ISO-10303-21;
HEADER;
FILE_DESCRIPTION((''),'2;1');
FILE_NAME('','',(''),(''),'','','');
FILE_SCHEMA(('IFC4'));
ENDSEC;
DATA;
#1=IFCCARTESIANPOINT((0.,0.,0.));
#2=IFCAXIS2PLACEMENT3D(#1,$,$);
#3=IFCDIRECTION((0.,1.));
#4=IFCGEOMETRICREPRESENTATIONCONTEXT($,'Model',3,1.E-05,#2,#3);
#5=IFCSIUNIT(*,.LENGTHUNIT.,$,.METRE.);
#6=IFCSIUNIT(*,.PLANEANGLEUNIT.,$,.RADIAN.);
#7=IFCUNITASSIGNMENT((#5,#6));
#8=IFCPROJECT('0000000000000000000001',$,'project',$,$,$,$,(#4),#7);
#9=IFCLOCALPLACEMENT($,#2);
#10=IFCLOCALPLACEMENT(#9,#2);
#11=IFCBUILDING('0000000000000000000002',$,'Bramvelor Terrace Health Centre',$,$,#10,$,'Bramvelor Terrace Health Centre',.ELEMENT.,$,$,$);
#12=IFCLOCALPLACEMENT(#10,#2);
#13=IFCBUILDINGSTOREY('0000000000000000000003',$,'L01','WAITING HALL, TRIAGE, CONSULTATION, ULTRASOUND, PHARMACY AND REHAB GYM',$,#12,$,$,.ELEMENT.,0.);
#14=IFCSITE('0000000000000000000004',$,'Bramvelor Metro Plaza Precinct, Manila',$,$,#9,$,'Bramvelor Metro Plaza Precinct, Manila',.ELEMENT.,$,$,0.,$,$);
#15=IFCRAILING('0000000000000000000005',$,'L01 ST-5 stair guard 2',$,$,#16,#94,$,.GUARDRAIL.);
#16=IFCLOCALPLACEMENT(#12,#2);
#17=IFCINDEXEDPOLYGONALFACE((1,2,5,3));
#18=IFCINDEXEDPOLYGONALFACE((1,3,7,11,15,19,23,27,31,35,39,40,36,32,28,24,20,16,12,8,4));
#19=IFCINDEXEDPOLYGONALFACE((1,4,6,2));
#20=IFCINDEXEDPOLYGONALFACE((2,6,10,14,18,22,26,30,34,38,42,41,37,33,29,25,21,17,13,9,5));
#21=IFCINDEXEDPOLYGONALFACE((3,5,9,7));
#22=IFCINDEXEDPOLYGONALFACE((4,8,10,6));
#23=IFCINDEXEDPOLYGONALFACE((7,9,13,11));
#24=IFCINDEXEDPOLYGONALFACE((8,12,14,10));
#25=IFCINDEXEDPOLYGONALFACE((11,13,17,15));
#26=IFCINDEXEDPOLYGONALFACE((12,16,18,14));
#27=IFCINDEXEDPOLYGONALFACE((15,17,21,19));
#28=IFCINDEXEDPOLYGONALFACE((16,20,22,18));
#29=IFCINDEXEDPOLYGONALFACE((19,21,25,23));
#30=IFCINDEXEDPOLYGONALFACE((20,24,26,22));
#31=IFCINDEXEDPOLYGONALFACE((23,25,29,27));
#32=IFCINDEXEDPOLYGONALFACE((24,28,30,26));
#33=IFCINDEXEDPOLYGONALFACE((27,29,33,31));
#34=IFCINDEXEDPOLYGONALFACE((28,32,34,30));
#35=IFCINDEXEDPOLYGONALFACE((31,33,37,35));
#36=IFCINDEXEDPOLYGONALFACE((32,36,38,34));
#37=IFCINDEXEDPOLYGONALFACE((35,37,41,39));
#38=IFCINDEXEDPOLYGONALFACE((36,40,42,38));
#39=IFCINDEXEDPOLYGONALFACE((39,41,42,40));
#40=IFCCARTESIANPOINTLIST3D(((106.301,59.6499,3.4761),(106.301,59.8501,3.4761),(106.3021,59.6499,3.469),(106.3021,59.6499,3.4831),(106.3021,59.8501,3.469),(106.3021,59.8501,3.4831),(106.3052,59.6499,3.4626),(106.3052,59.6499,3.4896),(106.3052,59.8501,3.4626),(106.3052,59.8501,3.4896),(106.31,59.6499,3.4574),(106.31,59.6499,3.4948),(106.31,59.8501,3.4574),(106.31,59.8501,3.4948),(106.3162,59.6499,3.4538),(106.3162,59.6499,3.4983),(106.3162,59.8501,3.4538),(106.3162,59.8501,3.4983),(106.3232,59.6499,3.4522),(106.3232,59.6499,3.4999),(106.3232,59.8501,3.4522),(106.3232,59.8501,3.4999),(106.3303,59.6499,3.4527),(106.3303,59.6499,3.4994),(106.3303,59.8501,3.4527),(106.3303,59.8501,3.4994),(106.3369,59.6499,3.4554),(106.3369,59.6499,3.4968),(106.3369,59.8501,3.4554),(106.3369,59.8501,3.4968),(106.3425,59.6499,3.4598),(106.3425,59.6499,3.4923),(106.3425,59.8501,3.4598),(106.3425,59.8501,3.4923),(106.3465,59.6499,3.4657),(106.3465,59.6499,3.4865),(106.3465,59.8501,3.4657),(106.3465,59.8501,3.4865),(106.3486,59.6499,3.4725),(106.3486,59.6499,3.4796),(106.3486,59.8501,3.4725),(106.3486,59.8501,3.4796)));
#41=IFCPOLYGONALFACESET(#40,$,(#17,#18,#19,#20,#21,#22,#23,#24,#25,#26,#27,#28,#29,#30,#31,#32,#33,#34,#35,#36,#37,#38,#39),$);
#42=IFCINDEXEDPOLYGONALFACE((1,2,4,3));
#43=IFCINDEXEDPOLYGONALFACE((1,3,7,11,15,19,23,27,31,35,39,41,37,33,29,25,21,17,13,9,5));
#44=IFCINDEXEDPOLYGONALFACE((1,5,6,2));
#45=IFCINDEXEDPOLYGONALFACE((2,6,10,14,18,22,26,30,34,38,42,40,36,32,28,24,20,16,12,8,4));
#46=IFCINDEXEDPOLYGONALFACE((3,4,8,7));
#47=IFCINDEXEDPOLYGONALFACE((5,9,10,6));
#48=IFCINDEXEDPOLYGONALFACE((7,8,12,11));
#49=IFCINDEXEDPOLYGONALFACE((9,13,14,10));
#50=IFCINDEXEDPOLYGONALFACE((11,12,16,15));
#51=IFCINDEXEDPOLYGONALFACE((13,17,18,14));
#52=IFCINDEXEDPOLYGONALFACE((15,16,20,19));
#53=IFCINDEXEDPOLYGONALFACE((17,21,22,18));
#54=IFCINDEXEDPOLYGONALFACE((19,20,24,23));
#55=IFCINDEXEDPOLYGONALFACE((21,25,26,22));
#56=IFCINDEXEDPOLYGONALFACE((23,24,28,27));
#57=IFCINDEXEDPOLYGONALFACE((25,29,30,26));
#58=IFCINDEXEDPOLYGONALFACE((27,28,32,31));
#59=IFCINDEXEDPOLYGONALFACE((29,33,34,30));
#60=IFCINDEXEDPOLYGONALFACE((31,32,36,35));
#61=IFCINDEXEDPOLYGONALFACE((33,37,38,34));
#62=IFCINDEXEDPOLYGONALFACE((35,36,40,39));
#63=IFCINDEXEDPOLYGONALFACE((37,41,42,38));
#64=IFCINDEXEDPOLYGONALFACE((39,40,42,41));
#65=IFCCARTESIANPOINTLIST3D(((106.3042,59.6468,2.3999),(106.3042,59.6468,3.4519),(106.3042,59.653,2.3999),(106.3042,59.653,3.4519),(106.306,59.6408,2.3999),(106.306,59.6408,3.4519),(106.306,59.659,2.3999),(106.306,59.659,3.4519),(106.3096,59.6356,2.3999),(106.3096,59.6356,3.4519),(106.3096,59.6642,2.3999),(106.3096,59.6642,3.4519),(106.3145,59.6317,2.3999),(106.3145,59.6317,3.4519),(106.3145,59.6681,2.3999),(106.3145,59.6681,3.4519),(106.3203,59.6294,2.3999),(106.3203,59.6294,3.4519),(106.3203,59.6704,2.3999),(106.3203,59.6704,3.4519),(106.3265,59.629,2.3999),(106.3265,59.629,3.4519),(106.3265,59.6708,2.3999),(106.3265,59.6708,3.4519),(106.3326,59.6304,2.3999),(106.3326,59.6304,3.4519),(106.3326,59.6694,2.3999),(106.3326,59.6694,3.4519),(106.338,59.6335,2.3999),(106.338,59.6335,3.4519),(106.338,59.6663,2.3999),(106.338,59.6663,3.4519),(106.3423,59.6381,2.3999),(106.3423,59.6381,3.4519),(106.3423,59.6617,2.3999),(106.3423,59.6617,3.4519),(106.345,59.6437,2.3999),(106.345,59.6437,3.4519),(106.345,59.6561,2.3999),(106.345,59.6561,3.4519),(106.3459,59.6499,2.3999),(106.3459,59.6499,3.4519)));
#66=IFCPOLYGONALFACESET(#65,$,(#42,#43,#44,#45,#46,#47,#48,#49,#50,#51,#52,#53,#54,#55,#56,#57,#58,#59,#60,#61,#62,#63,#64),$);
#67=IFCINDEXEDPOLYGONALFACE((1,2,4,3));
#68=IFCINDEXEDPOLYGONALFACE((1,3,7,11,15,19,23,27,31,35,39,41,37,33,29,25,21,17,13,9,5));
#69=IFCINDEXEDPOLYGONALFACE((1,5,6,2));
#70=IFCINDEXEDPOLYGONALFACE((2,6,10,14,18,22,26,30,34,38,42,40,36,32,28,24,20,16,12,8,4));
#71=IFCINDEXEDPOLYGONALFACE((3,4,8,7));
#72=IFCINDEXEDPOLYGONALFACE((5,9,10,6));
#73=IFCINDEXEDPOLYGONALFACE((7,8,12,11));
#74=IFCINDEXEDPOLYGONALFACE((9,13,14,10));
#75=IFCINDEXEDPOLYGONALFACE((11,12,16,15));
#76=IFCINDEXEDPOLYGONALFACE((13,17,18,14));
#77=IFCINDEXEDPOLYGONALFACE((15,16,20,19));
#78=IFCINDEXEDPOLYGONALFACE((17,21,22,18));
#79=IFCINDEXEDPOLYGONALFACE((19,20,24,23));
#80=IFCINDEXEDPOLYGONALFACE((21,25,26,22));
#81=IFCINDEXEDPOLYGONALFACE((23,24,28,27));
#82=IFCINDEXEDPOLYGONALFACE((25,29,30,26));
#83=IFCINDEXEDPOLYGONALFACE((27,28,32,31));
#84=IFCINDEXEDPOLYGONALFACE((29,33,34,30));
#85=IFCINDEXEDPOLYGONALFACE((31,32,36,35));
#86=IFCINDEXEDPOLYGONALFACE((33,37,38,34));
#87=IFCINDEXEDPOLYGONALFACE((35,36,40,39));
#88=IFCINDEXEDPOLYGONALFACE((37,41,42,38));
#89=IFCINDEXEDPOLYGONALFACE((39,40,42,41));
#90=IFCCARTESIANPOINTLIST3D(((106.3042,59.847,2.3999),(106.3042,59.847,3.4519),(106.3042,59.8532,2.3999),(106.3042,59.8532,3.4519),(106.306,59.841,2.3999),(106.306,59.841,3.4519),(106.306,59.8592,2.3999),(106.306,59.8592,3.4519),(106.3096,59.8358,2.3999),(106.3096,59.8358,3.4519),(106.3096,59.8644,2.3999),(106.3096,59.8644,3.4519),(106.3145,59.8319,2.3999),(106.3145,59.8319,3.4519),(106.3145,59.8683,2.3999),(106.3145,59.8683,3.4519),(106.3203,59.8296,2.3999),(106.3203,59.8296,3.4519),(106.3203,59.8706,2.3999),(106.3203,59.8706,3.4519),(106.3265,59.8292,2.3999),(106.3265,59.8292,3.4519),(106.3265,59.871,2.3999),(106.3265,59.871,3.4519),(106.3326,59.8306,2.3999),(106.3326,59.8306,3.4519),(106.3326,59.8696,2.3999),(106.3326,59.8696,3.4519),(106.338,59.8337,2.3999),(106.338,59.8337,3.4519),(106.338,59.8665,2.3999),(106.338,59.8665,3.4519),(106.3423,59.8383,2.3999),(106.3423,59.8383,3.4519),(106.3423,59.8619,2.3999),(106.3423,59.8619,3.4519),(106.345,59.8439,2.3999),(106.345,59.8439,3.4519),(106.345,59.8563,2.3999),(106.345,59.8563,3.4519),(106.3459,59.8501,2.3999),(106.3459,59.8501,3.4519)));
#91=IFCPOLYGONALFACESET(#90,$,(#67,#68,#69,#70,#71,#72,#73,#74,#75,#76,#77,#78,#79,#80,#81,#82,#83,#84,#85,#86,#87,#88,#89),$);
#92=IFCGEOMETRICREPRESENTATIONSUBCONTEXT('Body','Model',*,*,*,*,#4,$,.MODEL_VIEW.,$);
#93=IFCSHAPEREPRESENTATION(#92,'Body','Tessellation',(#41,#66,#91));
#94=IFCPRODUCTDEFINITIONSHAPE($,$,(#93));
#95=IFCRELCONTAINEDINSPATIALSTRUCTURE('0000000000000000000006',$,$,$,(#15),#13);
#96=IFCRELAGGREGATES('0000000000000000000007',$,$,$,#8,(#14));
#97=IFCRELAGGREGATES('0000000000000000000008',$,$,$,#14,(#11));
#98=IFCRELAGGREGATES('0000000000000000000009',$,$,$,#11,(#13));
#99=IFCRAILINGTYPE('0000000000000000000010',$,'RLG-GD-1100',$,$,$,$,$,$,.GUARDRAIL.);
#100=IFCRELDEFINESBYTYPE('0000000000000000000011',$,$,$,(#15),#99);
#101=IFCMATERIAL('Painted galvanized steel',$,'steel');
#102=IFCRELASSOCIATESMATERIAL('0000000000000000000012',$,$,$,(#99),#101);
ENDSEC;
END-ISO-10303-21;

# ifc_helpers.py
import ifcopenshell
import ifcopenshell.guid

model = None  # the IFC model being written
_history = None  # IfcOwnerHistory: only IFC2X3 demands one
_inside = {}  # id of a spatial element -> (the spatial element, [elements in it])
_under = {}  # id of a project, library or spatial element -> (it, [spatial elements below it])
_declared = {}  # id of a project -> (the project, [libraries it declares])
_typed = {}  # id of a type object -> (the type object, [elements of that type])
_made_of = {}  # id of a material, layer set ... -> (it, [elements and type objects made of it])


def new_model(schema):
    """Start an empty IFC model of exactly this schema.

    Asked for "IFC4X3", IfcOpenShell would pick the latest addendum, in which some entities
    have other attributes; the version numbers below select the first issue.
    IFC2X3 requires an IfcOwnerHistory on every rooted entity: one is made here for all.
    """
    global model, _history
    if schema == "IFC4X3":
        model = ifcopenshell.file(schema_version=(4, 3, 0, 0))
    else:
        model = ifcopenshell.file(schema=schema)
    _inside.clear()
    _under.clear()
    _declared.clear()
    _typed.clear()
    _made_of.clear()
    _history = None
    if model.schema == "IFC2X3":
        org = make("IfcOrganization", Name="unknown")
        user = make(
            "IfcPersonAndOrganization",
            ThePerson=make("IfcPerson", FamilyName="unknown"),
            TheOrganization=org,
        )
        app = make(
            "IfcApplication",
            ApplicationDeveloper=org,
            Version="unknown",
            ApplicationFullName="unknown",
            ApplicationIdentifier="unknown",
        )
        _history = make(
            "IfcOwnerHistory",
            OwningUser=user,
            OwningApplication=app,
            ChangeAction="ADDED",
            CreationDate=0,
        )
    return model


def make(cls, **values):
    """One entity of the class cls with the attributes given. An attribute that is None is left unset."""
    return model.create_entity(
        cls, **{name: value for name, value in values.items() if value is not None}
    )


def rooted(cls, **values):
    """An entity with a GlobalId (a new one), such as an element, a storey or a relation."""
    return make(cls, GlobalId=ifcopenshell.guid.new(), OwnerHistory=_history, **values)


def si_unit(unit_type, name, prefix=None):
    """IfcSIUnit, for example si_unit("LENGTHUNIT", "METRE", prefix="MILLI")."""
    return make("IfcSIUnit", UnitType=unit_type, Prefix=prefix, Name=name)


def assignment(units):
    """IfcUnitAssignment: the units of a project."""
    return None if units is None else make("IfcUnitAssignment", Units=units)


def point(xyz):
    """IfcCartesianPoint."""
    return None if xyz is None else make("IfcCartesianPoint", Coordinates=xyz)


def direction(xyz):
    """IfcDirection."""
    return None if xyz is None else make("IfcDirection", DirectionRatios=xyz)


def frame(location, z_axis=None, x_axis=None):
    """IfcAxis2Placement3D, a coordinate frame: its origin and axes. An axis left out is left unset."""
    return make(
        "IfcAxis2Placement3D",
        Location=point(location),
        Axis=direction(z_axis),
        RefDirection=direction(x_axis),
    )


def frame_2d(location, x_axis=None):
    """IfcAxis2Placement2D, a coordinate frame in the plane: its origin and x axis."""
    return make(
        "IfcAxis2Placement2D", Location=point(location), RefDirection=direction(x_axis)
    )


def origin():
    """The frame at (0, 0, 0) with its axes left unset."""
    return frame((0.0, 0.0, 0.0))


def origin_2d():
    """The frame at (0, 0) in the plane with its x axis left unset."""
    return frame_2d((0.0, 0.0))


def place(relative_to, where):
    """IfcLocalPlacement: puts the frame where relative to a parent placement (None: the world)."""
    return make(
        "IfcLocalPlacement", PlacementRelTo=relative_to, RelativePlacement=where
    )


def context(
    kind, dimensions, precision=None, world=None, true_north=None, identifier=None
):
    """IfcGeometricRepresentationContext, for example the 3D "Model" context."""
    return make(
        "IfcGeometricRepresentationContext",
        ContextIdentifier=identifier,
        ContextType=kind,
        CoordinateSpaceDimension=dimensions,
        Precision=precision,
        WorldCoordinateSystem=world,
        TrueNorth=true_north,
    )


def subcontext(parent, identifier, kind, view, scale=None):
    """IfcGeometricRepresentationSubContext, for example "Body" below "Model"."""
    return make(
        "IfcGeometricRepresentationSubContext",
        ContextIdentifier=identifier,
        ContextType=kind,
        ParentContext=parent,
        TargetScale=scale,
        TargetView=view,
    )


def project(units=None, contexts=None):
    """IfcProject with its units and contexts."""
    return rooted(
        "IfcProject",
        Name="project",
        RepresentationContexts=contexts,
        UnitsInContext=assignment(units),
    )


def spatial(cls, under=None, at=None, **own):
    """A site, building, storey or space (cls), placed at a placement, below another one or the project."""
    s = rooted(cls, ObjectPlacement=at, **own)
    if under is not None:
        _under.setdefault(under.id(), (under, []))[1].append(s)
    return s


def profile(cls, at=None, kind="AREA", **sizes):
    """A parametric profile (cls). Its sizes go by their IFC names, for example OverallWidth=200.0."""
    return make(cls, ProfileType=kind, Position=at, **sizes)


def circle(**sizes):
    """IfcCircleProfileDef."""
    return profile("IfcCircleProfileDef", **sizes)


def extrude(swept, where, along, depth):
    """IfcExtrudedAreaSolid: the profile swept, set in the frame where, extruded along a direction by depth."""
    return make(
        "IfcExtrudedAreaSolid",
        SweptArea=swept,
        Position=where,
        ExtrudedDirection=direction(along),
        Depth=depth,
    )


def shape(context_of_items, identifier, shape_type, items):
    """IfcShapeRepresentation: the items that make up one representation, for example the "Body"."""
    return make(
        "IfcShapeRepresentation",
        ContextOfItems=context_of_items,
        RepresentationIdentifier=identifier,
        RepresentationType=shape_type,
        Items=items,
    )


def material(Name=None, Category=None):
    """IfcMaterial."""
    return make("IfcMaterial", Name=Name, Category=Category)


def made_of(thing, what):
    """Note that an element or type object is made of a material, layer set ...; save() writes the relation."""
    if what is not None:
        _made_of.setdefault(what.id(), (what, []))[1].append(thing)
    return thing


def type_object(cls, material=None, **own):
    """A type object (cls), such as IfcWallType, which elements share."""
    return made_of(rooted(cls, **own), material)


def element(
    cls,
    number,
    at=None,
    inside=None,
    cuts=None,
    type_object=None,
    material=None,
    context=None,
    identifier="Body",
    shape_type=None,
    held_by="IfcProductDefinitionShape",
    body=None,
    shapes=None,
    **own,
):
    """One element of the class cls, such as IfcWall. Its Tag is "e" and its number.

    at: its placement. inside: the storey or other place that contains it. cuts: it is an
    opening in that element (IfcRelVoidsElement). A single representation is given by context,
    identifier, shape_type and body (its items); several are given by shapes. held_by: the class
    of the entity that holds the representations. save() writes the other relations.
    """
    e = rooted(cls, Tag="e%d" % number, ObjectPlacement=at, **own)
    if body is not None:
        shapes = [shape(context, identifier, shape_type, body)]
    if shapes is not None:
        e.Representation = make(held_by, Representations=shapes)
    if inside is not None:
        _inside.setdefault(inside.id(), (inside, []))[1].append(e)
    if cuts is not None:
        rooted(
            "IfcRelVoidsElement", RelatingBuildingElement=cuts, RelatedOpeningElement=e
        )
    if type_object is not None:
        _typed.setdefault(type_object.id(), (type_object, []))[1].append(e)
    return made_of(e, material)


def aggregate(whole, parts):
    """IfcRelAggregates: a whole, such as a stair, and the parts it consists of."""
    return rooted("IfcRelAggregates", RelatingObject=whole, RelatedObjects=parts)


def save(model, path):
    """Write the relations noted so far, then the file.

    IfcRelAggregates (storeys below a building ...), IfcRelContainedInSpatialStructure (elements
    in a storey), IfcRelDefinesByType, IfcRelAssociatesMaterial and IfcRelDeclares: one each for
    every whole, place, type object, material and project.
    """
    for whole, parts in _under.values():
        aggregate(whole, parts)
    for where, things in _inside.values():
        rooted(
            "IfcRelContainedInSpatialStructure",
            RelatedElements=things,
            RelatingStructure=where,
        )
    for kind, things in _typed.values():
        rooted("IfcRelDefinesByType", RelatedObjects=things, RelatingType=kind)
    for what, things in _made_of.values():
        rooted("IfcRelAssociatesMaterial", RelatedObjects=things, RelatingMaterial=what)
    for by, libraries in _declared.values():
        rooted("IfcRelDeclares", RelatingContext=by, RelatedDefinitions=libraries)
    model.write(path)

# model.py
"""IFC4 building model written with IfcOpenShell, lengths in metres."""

from ifc_helpers import new_model, si_unit, direction, frame, origin, origin_2d, place, context, subcontext, project, spatial, circle, extrude, material, type_object, element, save


model = new_model("IFC4")

# Units and contexts
model_context = context("Model", 3, precision=1e-05, world=origin(), true_north=direction((0.0, 1.0)))
body_context = subcontext(model_context, "Body", "Model", "MODEL_VIEW")
ifc_project = project(units=[si_unit("LENGTHUNIT", "METRE"), si_unit("PLANEANGLEUNIT", "RADIAN")], contexts=[model_context])

# Site, building, storey
site_placement = place(None, origin())
site = spatial("IfcSite", under=ifc_project, at=site_placement, Name="Bramvelor Metro Plaza Precinct, Manila", LongName="Bramvelor Metro Plaza Precinct, Manila", CompositionType="ELEMENT", RefElevation=0.0)
building_placement = place(site_placement, origin())
building = spatial("IfcBuilding", under=site, at=building_placement, Name="Bramvelor Terrace Health Centre", LongName="Bramvelor Terrace Health Centre", CompositionType="ELEMENT")
storey_placement = place(building_placement, origin())
storey = spatial("IfcBuildingStorey", under=building, at=storey_placement, Name="L01", Description="WAITING HALL, TRIAGE, CONSULTATION, ULTRASOUND, PHARMACY AND REHAB GYM", CompositionType="ELEMENT", Elevation=0.0)

# Railing
ifc_material_1 = material(Name="Painted galvanized steel", Category="steel")
railing_type_1 = type_object("IfcRailingType", Name="RLG-GD-1100", PredefinedType="GUARDRAIL", material=ifc_material_1)
railing_1_placement = place(storey_placement, frame((106.325, 59.6499, 2.3999)))
element("IfcRailing", 1, at=railing_1_placement, inside=storey, type_object=railing_type_1, Name="L01 ST-5 stair guard 2", PredefinedType="GUARDRAIL", context=body_context, shape_type="SweptSolid", body=[
    extrude(circle(Radius=0.0239, at=origin_2d()), frame((0.0, 0.0, 1.0762), z_axis=(0.0, 1.0, 0.0), x_axis=(-1.0, 0.0, 0.0)), (0.0, 0.0, 1.0), 0.2002),
    extrude(circle(Radius=0.021, at=origin_2d()), origin(), (0.0, 0.0, 1.0), 1.052),
    extrude(circle(Radius=0.021, at=origin_2d()), frame((0.0, 0.2002, 0.0)), (0.0, 0.0, 1.0), 1.052),
])

save(model, "model.ifc")
